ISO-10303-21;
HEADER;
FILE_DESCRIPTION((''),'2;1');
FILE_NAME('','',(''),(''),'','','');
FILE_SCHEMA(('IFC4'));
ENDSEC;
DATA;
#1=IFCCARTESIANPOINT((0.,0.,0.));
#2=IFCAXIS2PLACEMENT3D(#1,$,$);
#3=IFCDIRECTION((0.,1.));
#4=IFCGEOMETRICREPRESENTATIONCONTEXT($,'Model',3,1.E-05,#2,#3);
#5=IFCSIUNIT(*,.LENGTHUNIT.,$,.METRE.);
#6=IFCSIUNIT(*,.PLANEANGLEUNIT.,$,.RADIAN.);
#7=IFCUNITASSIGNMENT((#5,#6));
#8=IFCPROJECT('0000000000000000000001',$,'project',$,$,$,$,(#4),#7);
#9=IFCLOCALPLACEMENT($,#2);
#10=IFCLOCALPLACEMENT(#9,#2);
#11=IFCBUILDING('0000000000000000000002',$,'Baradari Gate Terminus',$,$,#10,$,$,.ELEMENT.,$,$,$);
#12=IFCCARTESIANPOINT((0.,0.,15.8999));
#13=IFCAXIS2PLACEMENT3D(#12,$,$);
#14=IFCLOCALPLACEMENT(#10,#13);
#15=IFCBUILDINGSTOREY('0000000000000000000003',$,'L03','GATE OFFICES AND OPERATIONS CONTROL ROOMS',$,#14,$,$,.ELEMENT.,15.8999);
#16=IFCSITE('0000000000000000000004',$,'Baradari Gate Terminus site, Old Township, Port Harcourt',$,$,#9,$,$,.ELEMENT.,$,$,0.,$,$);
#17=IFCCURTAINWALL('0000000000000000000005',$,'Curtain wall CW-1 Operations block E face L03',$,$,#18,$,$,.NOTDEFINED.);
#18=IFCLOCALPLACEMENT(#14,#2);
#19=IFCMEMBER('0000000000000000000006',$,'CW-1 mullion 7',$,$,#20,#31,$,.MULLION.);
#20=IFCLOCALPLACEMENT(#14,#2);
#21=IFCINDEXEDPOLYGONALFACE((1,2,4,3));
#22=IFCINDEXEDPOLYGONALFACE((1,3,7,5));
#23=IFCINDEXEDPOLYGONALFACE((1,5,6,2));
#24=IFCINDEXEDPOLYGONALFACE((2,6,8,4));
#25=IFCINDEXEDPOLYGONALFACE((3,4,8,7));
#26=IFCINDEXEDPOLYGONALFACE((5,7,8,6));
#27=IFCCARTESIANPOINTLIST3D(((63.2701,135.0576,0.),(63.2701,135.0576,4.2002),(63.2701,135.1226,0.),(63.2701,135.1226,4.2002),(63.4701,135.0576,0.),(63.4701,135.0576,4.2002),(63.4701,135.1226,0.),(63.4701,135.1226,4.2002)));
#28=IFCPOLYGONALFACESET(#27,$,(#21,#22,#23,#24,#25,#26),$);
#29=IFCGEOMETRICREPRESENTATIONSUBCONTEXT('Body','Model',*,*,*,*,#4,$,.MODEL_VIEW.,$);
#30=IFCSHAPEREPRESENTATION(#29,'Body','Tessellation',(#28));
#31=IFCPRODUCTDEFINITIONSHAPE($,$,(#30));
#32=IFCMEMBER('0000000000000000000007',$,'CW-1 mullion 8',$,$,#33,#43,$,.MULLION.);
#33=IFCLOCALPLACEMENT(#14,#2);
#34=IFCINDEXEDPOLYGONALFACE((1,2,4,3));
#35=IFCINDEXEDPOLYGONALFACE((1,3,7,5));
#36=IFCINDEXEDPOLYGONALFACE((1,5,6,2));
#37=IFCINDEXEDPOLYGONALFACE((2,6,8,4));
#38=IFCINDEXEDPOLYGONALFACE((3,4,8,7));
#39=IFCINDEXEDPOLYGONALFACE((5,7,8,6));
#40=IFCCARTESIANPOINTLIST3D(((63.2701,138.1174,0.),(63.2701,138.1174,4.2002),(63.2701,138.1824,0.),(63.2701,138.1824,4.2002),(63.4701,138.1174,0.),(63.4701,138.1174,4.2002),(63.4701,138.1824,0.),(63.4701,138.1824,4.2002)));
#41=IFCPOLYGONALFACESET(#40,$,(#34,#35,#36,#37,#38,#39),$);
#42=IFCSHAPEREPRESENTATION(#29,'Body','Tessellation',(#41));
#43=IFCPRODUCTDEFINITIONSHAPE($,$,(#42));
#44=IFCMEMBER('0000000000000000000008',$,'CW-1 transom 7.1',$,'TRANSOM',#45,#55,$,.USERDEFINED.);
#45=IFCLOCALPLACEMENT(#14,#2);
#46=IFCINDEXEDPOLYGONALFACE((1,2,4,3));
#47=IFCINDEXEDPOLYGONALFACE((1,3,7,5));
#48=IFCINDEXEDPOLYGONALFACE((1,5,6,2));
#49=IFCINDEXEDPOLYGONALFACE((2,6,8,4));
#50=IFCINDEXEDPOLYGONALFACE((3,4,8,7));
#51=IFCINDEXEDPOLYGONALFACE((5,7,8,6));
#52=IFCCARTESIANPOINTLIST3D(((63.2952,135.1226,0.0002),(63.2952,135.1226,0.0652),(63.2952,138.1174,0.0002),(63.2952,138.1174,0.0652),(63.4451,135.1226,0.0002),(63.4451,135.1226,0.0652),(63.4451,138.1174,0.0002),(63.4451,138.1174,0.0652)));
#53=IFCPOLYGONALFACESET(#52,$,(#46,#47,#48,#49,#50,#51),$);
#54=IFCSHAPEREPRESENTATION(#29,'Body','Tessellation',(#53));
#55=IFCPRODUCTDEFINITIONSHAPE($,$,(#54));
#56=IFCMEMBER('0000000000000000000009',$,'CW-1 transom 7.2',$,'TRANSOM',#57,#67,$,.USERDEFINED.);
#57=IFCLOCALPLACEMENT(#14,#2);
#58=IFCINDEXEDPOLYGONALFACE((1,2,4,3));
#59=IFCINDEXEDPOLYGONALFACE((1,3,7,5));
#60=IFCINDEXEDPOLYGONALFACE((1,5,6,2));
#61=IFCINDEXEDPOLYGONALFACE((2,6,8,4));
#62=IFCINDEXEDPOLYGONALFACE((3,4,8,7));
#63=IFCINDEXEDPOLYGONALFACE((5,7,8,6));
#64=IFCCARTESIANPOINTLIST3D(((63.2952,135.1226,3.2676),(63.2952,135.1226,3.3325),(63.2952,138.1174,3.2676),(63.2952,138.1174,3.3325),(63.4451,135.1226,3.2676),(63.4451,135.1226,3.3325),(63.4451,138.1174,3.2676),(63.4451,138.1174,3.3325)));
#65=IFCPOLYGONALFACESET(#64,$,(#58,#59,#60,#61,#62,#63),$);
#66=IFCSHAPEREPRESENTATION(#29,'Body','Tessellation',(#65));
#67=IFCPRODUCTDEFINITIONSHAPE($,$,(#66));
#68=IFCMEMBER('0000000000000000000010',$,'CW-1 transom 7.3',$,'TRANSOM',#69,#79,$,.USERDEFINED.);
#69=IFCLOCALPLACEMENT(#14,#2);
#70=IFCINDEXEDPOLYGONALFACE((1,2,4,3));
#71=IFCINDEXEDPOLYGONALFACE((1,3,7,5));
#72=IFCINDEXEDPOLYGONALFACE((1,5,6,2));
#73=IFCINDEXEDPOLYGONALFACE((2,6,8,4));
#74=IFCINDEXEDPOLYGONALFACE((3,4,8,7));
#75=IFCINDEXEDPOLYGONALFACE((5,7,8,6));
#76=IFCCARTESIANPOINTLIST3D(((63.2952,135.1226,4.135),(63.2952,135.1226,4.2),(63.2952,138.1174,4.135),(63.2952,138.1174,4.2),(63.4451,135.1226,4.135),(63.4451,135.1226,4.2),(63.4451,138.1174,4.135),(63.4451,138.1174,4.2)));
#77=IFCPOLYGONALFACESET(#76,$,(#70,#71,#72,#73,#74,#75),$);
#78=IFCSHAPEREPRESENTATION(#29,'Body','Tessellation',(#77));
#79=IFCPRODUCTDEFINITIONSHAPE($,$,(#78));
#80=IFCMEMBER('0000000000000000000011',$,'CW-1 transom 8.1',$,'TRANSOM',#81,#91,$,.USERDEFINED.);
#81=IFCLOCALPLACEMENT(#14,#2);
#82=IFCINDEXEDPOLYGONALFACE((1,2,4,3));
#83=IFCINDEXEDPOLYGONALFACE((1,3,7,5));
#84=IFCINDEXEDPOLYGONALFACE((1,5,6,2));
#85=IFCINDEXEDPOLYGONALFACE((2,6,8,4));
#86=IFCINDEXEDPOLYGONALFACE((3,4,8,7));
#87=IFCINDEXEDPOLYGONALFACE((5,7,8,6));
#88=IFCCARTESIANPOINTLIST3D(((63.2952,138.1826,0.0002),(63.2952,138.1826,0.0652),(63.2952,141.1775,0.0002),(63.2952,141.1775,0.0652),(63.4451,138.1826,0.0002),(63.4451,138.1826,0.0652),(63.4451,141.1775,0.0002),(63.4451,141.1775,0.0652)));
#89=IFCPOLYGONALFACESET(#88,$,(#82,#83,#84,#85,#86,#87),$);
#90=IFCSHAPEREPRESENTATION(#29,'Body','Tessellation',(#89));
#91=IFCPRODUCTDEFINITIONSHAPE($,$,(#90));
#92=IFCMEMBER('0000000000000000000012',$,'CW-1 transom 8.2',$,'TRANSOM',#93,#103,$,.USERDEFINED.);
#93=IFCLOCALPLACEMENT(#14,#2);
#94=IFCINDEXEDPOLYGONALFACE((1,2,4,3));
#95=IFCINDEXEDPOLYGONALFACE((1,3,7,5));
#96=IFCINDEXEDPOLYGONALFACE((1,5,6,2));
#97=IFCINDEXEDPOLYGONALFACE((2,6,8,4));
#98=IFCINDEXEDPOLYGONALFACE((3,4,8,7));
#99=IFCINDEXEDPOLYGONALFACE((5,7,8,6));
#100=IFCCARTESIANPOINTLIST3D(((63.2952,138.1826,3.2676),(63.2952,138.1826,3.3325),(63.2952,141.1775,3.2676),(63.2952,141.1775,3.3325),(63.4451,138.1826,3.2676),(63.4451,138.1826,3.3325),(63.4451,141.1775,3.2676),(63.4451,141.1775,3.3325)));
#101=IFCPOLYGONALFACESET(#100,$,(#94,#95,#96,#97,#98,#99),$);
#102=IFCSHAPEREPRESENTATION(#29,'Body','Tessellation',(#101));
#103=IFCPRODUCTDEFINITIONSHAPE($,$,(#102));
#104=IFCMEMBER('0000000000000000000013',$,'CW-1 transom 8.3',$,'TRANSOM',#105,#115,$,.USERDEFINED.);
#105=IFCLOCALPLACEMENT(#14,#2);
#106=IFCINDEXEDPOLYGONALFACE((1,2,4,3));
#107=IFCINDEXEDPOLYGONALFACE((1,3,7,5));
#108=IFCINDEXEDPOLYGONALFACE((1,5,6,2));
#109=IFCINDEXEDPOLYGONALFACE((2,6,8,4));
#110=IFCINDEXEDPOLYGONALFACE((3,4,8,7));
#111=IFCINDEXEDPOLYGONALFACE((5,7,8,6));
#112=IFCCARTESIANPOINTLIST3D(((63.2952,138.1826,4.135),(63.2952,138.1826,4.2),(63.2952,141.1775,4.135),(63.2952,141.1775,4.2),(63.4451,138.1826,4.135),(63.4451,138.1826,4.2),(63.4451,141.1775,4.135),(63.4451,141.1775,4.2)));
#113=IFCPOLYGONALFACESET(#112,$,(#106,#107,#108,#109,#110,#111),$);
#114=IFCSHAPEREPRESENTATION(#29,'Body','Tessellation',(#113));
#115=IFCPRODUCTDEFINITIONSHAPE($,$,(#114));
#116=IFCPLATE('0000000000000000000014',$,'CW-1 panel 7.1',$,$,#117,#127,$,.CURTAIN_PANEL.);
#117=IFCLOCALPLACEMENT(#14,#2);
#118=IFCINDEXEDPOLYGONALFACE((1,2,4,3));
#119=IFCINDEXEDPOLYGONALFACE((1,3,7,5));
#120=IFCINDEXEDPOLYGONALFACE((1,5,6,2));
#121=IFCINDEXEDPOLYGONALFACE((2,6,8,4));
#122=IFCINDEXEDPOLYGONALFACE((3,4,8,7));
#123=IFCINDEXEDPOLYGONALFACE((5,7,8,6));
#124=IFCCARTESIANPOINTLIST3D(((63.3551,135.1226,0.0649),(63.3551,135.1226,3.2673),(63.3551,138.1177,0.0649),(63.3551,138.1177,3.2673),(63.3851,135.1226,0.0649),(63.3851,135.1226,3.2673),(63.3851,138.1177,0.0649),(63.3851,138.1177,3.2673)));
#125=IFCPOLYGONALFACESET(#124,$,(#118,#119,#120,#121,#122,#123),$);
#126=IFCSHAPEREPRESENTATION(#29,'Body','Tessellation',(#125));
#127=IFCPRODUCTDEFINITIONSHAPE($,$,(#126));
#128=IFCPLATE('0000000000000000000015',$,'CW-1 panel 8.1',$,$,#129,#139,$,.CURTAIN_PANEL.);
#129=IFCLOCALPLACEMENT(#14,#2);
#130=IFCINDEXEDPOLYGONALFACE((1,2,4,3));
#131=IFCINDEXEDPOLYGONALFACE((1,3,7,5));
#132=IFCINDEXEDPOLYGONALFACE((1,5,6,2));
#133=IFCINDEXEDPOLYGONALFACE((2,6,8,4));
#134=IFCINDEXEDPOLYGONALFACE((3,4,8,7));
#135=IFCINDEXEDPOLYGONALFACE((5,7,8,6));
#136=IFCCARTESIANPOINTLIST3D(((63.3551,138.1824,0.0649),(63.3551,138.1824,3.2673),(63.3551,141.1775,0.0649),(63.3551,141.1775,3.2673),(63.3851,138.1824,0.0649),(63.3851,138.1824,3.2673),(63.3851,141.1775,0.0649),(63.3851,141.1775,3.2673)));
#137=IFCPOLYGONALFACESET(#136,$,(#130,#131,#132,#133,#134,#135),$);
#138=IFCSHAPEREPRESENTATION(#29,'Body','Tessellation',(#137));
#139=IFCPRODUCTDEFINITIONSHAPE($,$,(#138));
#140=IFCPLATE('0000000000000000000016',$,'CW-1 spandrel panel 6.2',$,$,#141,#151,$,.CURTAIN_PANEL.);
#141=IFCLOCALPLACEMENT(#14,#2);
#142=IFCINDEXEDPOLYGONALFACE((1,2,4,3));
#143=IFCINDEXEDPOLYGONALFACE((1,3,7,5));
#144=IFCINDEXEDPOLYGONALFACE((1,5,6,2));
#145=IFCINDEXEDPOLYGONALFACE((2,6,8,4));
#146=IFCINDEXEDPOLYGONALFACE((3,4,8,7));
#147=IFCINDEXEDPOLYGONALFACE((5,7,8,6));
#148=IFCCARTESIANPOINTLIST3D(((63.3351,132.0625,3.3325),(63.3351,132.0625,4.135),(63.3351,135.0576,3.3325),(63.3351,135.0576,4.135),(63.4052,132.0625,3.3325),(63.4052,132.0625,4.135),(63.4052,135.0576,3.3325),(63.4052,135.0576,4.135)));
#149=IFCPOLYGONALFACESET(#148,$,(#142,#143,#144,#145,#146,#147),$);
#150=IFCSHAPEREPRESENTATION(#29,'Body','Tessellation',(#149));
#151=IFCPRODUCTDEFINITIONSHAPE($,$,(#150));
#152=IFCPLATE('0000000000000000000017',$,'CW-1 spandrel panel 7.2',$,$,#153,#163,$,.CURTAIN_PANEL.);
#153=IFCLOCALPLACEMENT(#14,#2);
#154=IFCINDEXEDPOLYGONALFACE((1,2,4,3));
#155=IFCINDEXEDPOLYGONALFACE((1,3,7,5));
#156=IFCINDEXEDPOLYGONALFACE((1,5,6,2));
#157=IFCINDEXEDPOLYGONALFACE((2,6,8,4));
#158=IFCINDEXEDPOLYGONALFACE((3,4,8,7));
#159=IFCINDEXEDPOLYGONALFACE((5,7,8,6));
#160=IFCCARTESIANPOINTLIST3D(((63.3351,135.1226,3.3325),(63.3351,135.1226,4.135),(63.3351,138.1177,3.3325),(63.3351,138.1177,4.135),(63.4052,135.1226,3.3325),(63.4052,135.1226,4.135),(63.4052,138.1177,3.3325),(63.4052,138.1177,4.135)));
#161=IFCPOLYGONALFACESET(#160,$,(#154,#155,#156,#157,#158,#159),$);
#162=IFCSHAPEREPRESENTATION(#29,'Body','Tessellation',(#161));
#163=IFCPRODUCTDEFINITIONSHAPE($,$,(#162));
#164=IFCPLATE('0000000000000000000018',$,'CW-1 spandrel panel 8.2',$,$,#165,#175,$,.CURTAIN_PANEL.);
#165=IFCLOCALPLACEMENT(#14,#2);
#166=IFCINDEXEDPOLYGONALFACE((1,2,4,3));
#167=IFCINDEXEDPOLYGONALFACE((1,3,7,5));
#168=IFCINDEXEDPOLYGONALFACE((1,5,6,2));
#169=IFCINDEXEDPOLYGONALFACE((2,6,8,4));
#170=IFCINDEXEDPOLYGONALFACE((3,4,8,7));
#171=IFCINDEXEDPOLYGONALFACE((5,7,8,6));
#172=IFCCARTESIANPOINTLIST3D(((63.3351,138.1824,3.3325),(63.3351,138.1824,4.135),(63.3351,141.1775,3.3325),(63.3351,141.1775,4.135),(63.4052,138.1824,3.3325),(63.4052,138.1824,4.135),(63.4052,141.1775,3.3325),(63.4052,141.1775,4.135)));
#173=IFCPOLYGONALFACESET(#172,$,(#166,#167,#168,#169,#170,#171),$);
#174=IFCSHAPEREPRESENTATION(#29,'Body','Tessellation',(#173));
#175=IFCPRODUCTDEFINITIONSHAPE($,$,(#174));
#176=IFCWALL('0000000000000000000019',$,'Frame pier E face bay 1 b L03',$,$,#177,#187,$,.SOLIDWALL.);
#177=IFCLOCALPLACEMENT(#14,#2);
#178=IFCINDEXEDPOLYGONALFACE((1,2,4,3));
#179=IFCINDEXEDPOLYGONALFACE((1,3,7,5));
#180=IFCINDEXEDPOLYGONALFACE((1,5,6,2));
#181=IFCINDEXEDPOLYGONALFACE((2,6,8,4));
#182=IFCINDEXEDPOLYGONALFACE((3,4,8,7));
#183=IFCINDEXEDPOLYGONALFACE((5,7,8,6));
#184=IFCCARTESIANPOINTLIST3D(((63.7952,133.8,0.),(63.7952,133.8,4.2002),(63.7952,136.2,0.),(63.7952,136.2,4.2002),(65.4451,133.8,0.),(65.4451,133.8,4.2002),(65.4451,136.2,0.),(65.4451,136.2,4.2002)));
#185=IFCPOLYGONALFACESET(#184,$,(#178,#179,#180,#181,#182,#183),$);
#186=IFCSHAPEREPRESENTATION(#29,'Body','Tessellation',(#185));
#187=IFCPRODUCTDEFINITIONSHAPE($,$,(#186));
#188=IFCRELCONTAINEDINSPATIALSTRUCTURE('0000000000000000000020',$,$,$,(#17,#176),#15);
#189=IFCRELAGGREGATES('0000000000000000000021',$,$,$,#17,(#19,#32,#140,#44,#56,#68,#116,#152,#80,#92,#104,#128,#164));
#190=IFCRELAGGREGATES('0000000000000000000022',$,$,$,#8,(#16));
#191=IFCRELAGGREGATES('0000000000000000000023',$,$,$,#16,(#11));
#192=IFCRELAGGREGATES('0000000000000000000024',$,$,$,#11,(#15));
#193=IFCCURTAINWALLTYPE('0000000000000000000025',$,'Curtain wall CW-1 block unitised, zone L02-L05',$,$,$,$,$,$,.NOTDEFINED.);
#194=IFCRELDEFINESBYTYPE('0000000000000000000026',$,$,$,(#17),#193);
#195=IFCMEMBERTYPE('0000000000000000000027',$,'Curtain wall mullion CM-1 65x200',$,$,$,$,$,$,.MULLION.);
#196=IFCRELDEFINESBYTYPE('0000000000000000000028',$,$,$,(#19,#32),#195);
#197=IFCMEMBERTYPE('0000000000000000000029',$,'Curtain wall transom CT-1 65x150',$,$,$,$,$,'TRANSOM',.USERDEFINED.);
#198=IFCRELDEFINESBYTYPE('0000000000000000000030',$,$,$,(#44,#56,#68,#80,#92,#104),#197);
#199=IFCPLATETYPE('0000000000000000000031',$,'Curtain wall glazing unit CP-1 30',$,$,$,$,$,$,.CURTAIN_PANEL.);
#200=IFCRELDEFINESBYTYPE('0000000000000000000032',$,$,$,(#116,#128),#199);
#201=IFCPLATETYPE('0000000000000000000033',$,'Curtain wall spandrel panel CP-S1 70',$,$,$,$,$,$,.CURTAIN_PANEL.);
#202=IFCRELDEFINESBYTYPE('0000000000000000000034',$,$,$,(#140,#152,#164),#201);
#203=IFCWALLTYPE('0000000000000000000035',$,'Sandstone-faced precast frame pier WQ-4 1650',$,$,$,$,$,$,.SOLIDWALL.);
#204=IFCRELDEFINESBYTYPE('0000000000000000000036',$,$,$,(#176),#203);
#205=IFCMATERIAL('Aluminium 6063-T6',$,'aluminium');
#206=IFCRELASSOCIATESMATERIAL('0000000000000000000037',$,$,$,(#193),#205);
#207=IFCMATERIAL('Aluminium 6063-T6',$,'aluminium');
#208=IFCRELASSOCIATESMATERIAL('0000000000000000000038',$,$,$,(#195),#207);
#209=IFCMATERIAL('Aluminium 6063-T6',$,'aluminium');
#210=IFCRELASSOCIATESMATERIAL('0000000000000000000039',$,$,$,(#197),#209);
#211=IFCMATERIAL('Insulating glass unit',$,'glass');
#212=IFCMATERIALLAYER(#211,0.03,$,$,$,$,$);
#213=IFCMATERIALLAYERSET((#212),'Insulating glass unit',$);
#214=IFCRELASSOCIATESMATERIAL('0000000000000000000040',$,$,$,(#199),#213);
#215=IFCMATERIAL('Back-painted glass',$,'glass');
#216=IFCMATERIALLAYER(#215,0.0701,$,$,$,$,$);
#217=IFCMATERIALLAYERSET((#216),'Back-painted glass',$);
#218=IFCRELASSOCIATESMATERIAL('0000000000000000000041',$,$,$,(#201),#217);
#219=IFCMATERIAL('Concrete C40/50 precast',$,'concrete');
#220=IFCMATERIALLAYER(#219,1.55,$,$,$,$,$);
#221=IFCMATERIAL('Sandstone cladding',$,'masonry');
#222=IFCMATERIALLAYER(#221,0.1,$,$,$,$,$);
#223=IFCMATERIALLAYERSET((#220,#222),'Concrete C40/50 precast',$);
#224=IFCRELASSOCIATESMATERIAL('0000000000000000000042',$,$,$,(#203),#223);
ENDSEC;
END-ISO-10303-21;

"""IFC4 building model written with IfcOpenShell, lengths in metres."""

from ifc_helpers import new_model, si_unit, direction, frame, frame_2d, origin, origin_2d, place, context, subcontext, project, spatial, rectangle, extrude, material, layer, layer_set, material_profile, profile_set, type_object, element, aggregate, save


model = new_model("IFC4")

# Units and contexts
model_context = context("Model", 3, precision=1e-05, world=origin(), true_north=direction((0.0, 1.0)))
body_context = subcontext(model_context, "Body", "Model", "MODEL_VIEW")
ifc_project = project(units=[si_unit("LENGTHUNIT", "METRE"), si_unit("PLANEANGLEUNIT", "RADIAN")], contexts=[model_context])

# Site, building, storey
site_placement = place(None, origin())
site = spatial("IfcSite", under=ifc_project, at=site_placement, Name="Baradari Gate Terminus site, Old Township, Port Harcourt", CompositionType="ELEMENT", RefElevation=0.0)
building_placement = place(site_placement, origin())
building = spatial("IfcBuilding", under=site, at=building_placement, Name="Baradari Gate Terminus", CompositionType="ELEMENT")
storey_placement = place(building_placement, frame((0.0, 0.0, 15.8999)))
storey = spatial("IfcBuildingStorey", under=building, at=storey_placement, Name="L03", Description="GATE OFFICES AND OPERATIONS CONTROL ROOMS", CompositionType="ELEMENT", Elevation=15.8999)

# Curtain wall, members, plates
ifc_material_1 = material(Name="Aluminium 6063-T6", Category="aluminium")
curtain_wall_type = type_object("IfcCurtainWallType", Name="Curtain wall CW-1 block unitised, zone L02-L05", PredefinedType="NOTDEFINED", material=ifc_material_1)
curtain_wall_placement = place(storey_placement, origin())
curtain_wall = element("IfcCurtainWall", 1, at=curtain_wall_placement, inside=storey, type_object=curtain_wall_type, Name="Curtain wall CW-1 Operations block E face L03", PredefinedType="NOTDEFINED")
ifc_material_2 = material(Name="Aluminium 6063-T6", Category="aluminium")
ifc_material_profile_1 = material_profile(ifc_material_2, rectangle(XDim=0.2, YDim=0.0649, at=origin_2d()), Name="CM-1 65X200")
ifc_profile_set_1 = profile_set([ifc_material_profile_1], Name="Aluminium 6063-T6")
member_type_1 = type_object("IfcMemberType", Name="Curtain wall mullion CM-1 65x200", PredefinedType="MULLION", material=ifc_profile_set_1)
member_1_placement = place(storey_placement, frame((63.3701, 135.0901, 0.0), z_axis=(0.0, 0.0, 1.0), x_axis=(-1.0, 0.0, 0.0)))
member_1 = element("IfcMember", 2, at=member_1_placement, type_object=member_type_1, Name="CW-1 mullion 7", PredefinedType="MULLION", context=body_context, shape_type="SweptSolid", body=[
    extrude(rectangle(XDim=0.2, YDim=0.0649, at=origin_2d()), origin(), (0.0, 0.0, 1.0), 4.2002),
])
member_2_placement = place(storey_placement, frame((63.3701, 138.1499, 0.0), z_axis=(0.0, 0.0, 1.0), x_axis=(-1.0, 0.0, 0.0)))
member_2 = element("IfcMember", 3, at=member_2_placement, type_object=member_type_1, Name="CW-1 mullion 8", PredefinedType="MULLION", context=body_context, shape_type="SweptSolid", body=[
    extrude(rectangle(XDim=0.2, YDim=0.0649, at=origin_2d()), origin(), (0.0, 0.0, 1.0), 4.2002),
])
ifc_material_3 = material(Name="Aluminium 6063-T6", Category="aluminium")
ifc_material_profile_2 = material_profile(ifc_material_3, rectangle(XDim=0.1499, YDim=0.0649, at=origin_2d()), Name="CT-1 65X150")
ifc_profile_set_2 = profile_set([ifc_material_profile_2], Name="Aluminium 6063-T6")
member_type_2 = type_object("IfcMemberType", Name="Curtain wall transom CT-1 65x150", ElementType="TRANSOM", PredefinedType="USERDEFINED", material=ifc_profile_set_2)
member_3_placement = place(storey_placement, frame((63.3701, 135.1226, 0.0327), z_axis=(0.0, 1.0, 0.0), x_axis=(-1.0, 0.0, 0.0)))
member_3 = element("IfcMember", 4, at=member_3_placement, type_object=member_type_2, Name="CW-1 transom 7.1", ObjectType="TRANSOM", PredefinedType="USERDEFINED", context=body_context, shape_type="SweptSolid", body=[
    extrude(rectangle(XDim=0.1499, YDim=0.0649, at=origin_2d()), origin(), (0.0, 0.0, 1.0), 2.9949),
])
member_4_placement = place(storey_placement, frame((63.3701, 135.1226, 3.3), z_axis=(0.0, 1.0, 0.0), x_axis=(-1.0, 0.0, 0.0)))
member_4 = element("IfcMember", 5, at=member_4_placement, type_object=member_type_2, Name="CW-1 transom 7.2", ObjectType="TRANSOM", PredefinedType="USERDEFINED", context=body_context, shape_type="SweptSolid", body=[
    extrude(rectangle(XDim=0.1499, YDim=0.0649, at=origin_2d()), origin(), (0.0, 0.0, 1.0), 2.9949),
])
member_5_placement = place(storey_placement, frame((63.3701, 135.1226, 4.1675), z_axis=(0.0, 1.0, 0.0), x_axis=(-1.0, 0.0, 0.0)))
member_5 = element("IfcMember", 6, at=member_5_placement, type_object=member_type_2, Name="CW-1 transom 7.3", ObjectType="TRANSOM", PredefinedType="USERDEFINED", context=body_context, shape_type="SweptSolid", body=[
    extrude(rectangle(XDim=0.1499, YDim=0.0649, at=origin_2d()), origin(), (0.0, 0.0, 1.0), 2.9949),
])
member_6_placement = place(storey_placement, frame((63.3701, 138.1826, 0.0327), z_axis=(0.0, 1.0, 0.0), x_axis=(-1.0, 0.0, 0.0)))
member_6 = element("IfcMember", 7, at=member_6_placement, type_object=member_type_2, Name="CW-1 transom 8.1", ObjectType="TRANSOM", PredefinedType="USERDEFINED", context=body_context, shape_type="SweptSolid", body=[
    extrude(rectangle(XDim=0.1499, YDim=0.0649, at=origin_2d()), origin(), (0.0, 0.0, 1.0), 2.9949),
])
member_7_placement = place(storey_placement, frame((63.3701, 138.1826, 3.3), z_axis=(0.0, 1.0, 0.0), x_axis=(-1.0, 0.0, 0.0)))
member_7 = element("IfcMember", 8, at=member_7_placement, type_object=member_type_2, Name="CW-1 transom 8.2", ObjectType="TRANSOM", PredefinedType="USERDEFINED", context=body_context, shape_type="SweptSolid", body=[
    extrude(rectangle(XDim=0.1499, YDim=0.0649, at=origin_2d()), origin(), (0.0, 0.0, 1.0), 2.9949),
])
member_8_placement = place(storey_placement, frame((63.3701, 138.1826, 4.1675), z_axis=(0.0, 1.0, 0.0), x_axis=(-1.0, 0.0, 0.0)))
member_8 = element("IfcMember", 9, at=member_8_placement, type_object=member_type_2, Name="CW-1 transom 8.3", ObjectType="TRANSOM", PredefinedType="USERDEFINED", context=body_context, shape_type="SweptSolid", body=[
    extrude(rectangle(XDim=0.1499, YDim=0.0649, at=origin_2d()), origin(), (0.0, 0.0, 1.0), 2.9949),
])
ifc_material_4 = material(Name="Insulating glass unit", Category="glass")
ifc_layer_1 = layer(ifc_material_4, 0.03)
ifc_layer_set_1 = layer_set([ifc_layer_1], Name="Insulating glass unit")
plate_type_1 = type_object("IfcPlateType", Name="Curtain wall glazing unit CP-1 30", PredefinedType="CURTAIN_PANEL", material=ifc_layer_set_1)
plate_1_placement = place(storey_placement, frame((63.3701, 136.6201, 0.0649), z_axis=(0.0, 0.0, 1.0), x_axis=(0.0, 1.0, 0.0)))
plate_1 = element("IfcPlate", 10, at=plate_1_placement, type_object=plate_type_1, Name="CW-1 panel 7.1", PredefinedType="CURTAIN_PANEL", context=body_context, shape_type="SweptSolid", body=[
    extrude(rectangle(XDim=2.9951, YDim=0.03, at=origin_2d()), origin(), (0.0, 0.0, 1.0), 3.2024),
])
plate_2_placement = place(storey_placement, frame((63.3701, 139.6799, 0.0649), z_axis=(0.0, 0.0, 1.0), x_axis=(0.0, 1.0, 0.0)))
plate_2 = element("IfcPlate", 11, at=plate_2_placement, type_object=plate_type_1, Name="CW-1 panel 8.1", PredefinedType="CURTAIN_PANEL", context=body_context, shape_type="SweptSolid", body=[
    extrude(rectangle(XDim=2.9951, YDim=0.03, at=origin_2d()), origin(), (0.0, 0.0, 1.0), 3.2024),
])
ifc_material_5 = material(Name="Back-painted glass", Category="glass")
ifc_layer_2 = layer(ifc_material_5, 0.0701)
ifc_layer_set_2 = layer_set([ifc_layer_2], Name="Back-painted glass")
plate_type_2 = type_object("IfcPlateType", Name="Curtain wall spandrel panel CP-S1 70", PredefinedType="CURTAIN_PANEL", material=ifc_layer_set_2)
plate_3_placement = place(storey_placement, frame((63.3701, 133.5601, 3.3325), z_axis=(0.0, 0.0, 1.0), x_axis=(0.0, 1.0, 0.0)))
plate_3 = element("IfcPlate", 12, at=plate_3_placement, type_object=plate_type_2, Name="CW-1 spandrel panel 6.2", PredefinedType="CURTAIN_PANEL", context=body_context, shape_type="SweptSolid", body=[
    extrude(rectangle(XDim=2.9951, YDim=0.0701, at=origin_2d()), origin(), (0.0, 0.0, 1.0), 0.8025),
])
plate_4_placement = place(storey_placement, frame((63.3701, 136.6201, 3.3325), z_axis=(0.0, 0.0, 1.0), x_axis=(0.0, 1.0, 0.0)))
plate_4 = element("IfcPlate", 13, at=plate_4_placement, type_object=plate_type_2, Name="CW-1 spandrel panel 7.2", PredefinedType="CURTAIN_PANEL", context=body_context, shape_type="SweptSolid", body=[
    extrude(rectangle(XDim=2.9951, YDim=0.0701, at=origin_2d()), origin(), (0.0, 0.0, 1.0), 0.8025),
])
plate_5_placement = place(storey_placement, frame((63.3701, 139.6799, 3.3325), z_axis=(0.0, 0.0, 1.0), x_axis=(0.0, 1.0, 0.0)))
plate_5 = element("IfcPlate", 14, at=plate_5_placement, type_object=plate_type_2, Name="CW-1 spandrel panel 8.2", PredefinedType="CURTAIN_PANEL", context=body_context, shape_type="SweptSolid", body=[
    extrude(rectangle(XDim=2.9951, YDim=0.0701, at=origin_2d()), origin(), (0.0, 0.0, 1.0), 0.8025),
])
aggregate(curtain_wall, [member_1, member_2, plate_3, member_3, member_4, member_5, plate_1, plate_4, member_6, member_7, member_8, plate_2, plate_5])

# Wall
ifc_material_6 = material(Name="Concrete C40/50 precast", Category="concrete")
ifc_layer_3 = layer(ifc_material_6, 1.55)
ifc_material_7 = material(Name="Sandstone cladding", Category="masonry")
ifc_layer_4 = layer(ifc_material_7, 0.1)
ifc_layer_set_3 = layer_set([ifc_layer_3, ifc_layer_4], Name="Concrete C40/50 precast")
wall_type = type_object("IfcWallType", Name="Sandstone-faced precast frame pier WQ-4 1650", PredefinedType="SOLIDWALL", material=ifc_layer_set_3)
wall_placement = place(storey_placement, frame((64.6201, 133.8, 0.0), z_axis=(0.0, 0.0, 1.0), x_axis=(0.0, 1.0, 0.0)))
element("IfcWall", 15, at=wall_placement, inside=storey, type_object=wall_type, Name="Frame pier E face bay 1 b L03", PredefinedType="SOLIDWALL", context=body_context, shape_type="SweptSolid", body=[
    extrude(rectangle(XDim=2.3999, YDim=1.6499, at=frame_2d((1.2, 0.0))), origin(), (0.0, 0.0, 1.0), 4.2002),
])

save(model, "model.ifc")
